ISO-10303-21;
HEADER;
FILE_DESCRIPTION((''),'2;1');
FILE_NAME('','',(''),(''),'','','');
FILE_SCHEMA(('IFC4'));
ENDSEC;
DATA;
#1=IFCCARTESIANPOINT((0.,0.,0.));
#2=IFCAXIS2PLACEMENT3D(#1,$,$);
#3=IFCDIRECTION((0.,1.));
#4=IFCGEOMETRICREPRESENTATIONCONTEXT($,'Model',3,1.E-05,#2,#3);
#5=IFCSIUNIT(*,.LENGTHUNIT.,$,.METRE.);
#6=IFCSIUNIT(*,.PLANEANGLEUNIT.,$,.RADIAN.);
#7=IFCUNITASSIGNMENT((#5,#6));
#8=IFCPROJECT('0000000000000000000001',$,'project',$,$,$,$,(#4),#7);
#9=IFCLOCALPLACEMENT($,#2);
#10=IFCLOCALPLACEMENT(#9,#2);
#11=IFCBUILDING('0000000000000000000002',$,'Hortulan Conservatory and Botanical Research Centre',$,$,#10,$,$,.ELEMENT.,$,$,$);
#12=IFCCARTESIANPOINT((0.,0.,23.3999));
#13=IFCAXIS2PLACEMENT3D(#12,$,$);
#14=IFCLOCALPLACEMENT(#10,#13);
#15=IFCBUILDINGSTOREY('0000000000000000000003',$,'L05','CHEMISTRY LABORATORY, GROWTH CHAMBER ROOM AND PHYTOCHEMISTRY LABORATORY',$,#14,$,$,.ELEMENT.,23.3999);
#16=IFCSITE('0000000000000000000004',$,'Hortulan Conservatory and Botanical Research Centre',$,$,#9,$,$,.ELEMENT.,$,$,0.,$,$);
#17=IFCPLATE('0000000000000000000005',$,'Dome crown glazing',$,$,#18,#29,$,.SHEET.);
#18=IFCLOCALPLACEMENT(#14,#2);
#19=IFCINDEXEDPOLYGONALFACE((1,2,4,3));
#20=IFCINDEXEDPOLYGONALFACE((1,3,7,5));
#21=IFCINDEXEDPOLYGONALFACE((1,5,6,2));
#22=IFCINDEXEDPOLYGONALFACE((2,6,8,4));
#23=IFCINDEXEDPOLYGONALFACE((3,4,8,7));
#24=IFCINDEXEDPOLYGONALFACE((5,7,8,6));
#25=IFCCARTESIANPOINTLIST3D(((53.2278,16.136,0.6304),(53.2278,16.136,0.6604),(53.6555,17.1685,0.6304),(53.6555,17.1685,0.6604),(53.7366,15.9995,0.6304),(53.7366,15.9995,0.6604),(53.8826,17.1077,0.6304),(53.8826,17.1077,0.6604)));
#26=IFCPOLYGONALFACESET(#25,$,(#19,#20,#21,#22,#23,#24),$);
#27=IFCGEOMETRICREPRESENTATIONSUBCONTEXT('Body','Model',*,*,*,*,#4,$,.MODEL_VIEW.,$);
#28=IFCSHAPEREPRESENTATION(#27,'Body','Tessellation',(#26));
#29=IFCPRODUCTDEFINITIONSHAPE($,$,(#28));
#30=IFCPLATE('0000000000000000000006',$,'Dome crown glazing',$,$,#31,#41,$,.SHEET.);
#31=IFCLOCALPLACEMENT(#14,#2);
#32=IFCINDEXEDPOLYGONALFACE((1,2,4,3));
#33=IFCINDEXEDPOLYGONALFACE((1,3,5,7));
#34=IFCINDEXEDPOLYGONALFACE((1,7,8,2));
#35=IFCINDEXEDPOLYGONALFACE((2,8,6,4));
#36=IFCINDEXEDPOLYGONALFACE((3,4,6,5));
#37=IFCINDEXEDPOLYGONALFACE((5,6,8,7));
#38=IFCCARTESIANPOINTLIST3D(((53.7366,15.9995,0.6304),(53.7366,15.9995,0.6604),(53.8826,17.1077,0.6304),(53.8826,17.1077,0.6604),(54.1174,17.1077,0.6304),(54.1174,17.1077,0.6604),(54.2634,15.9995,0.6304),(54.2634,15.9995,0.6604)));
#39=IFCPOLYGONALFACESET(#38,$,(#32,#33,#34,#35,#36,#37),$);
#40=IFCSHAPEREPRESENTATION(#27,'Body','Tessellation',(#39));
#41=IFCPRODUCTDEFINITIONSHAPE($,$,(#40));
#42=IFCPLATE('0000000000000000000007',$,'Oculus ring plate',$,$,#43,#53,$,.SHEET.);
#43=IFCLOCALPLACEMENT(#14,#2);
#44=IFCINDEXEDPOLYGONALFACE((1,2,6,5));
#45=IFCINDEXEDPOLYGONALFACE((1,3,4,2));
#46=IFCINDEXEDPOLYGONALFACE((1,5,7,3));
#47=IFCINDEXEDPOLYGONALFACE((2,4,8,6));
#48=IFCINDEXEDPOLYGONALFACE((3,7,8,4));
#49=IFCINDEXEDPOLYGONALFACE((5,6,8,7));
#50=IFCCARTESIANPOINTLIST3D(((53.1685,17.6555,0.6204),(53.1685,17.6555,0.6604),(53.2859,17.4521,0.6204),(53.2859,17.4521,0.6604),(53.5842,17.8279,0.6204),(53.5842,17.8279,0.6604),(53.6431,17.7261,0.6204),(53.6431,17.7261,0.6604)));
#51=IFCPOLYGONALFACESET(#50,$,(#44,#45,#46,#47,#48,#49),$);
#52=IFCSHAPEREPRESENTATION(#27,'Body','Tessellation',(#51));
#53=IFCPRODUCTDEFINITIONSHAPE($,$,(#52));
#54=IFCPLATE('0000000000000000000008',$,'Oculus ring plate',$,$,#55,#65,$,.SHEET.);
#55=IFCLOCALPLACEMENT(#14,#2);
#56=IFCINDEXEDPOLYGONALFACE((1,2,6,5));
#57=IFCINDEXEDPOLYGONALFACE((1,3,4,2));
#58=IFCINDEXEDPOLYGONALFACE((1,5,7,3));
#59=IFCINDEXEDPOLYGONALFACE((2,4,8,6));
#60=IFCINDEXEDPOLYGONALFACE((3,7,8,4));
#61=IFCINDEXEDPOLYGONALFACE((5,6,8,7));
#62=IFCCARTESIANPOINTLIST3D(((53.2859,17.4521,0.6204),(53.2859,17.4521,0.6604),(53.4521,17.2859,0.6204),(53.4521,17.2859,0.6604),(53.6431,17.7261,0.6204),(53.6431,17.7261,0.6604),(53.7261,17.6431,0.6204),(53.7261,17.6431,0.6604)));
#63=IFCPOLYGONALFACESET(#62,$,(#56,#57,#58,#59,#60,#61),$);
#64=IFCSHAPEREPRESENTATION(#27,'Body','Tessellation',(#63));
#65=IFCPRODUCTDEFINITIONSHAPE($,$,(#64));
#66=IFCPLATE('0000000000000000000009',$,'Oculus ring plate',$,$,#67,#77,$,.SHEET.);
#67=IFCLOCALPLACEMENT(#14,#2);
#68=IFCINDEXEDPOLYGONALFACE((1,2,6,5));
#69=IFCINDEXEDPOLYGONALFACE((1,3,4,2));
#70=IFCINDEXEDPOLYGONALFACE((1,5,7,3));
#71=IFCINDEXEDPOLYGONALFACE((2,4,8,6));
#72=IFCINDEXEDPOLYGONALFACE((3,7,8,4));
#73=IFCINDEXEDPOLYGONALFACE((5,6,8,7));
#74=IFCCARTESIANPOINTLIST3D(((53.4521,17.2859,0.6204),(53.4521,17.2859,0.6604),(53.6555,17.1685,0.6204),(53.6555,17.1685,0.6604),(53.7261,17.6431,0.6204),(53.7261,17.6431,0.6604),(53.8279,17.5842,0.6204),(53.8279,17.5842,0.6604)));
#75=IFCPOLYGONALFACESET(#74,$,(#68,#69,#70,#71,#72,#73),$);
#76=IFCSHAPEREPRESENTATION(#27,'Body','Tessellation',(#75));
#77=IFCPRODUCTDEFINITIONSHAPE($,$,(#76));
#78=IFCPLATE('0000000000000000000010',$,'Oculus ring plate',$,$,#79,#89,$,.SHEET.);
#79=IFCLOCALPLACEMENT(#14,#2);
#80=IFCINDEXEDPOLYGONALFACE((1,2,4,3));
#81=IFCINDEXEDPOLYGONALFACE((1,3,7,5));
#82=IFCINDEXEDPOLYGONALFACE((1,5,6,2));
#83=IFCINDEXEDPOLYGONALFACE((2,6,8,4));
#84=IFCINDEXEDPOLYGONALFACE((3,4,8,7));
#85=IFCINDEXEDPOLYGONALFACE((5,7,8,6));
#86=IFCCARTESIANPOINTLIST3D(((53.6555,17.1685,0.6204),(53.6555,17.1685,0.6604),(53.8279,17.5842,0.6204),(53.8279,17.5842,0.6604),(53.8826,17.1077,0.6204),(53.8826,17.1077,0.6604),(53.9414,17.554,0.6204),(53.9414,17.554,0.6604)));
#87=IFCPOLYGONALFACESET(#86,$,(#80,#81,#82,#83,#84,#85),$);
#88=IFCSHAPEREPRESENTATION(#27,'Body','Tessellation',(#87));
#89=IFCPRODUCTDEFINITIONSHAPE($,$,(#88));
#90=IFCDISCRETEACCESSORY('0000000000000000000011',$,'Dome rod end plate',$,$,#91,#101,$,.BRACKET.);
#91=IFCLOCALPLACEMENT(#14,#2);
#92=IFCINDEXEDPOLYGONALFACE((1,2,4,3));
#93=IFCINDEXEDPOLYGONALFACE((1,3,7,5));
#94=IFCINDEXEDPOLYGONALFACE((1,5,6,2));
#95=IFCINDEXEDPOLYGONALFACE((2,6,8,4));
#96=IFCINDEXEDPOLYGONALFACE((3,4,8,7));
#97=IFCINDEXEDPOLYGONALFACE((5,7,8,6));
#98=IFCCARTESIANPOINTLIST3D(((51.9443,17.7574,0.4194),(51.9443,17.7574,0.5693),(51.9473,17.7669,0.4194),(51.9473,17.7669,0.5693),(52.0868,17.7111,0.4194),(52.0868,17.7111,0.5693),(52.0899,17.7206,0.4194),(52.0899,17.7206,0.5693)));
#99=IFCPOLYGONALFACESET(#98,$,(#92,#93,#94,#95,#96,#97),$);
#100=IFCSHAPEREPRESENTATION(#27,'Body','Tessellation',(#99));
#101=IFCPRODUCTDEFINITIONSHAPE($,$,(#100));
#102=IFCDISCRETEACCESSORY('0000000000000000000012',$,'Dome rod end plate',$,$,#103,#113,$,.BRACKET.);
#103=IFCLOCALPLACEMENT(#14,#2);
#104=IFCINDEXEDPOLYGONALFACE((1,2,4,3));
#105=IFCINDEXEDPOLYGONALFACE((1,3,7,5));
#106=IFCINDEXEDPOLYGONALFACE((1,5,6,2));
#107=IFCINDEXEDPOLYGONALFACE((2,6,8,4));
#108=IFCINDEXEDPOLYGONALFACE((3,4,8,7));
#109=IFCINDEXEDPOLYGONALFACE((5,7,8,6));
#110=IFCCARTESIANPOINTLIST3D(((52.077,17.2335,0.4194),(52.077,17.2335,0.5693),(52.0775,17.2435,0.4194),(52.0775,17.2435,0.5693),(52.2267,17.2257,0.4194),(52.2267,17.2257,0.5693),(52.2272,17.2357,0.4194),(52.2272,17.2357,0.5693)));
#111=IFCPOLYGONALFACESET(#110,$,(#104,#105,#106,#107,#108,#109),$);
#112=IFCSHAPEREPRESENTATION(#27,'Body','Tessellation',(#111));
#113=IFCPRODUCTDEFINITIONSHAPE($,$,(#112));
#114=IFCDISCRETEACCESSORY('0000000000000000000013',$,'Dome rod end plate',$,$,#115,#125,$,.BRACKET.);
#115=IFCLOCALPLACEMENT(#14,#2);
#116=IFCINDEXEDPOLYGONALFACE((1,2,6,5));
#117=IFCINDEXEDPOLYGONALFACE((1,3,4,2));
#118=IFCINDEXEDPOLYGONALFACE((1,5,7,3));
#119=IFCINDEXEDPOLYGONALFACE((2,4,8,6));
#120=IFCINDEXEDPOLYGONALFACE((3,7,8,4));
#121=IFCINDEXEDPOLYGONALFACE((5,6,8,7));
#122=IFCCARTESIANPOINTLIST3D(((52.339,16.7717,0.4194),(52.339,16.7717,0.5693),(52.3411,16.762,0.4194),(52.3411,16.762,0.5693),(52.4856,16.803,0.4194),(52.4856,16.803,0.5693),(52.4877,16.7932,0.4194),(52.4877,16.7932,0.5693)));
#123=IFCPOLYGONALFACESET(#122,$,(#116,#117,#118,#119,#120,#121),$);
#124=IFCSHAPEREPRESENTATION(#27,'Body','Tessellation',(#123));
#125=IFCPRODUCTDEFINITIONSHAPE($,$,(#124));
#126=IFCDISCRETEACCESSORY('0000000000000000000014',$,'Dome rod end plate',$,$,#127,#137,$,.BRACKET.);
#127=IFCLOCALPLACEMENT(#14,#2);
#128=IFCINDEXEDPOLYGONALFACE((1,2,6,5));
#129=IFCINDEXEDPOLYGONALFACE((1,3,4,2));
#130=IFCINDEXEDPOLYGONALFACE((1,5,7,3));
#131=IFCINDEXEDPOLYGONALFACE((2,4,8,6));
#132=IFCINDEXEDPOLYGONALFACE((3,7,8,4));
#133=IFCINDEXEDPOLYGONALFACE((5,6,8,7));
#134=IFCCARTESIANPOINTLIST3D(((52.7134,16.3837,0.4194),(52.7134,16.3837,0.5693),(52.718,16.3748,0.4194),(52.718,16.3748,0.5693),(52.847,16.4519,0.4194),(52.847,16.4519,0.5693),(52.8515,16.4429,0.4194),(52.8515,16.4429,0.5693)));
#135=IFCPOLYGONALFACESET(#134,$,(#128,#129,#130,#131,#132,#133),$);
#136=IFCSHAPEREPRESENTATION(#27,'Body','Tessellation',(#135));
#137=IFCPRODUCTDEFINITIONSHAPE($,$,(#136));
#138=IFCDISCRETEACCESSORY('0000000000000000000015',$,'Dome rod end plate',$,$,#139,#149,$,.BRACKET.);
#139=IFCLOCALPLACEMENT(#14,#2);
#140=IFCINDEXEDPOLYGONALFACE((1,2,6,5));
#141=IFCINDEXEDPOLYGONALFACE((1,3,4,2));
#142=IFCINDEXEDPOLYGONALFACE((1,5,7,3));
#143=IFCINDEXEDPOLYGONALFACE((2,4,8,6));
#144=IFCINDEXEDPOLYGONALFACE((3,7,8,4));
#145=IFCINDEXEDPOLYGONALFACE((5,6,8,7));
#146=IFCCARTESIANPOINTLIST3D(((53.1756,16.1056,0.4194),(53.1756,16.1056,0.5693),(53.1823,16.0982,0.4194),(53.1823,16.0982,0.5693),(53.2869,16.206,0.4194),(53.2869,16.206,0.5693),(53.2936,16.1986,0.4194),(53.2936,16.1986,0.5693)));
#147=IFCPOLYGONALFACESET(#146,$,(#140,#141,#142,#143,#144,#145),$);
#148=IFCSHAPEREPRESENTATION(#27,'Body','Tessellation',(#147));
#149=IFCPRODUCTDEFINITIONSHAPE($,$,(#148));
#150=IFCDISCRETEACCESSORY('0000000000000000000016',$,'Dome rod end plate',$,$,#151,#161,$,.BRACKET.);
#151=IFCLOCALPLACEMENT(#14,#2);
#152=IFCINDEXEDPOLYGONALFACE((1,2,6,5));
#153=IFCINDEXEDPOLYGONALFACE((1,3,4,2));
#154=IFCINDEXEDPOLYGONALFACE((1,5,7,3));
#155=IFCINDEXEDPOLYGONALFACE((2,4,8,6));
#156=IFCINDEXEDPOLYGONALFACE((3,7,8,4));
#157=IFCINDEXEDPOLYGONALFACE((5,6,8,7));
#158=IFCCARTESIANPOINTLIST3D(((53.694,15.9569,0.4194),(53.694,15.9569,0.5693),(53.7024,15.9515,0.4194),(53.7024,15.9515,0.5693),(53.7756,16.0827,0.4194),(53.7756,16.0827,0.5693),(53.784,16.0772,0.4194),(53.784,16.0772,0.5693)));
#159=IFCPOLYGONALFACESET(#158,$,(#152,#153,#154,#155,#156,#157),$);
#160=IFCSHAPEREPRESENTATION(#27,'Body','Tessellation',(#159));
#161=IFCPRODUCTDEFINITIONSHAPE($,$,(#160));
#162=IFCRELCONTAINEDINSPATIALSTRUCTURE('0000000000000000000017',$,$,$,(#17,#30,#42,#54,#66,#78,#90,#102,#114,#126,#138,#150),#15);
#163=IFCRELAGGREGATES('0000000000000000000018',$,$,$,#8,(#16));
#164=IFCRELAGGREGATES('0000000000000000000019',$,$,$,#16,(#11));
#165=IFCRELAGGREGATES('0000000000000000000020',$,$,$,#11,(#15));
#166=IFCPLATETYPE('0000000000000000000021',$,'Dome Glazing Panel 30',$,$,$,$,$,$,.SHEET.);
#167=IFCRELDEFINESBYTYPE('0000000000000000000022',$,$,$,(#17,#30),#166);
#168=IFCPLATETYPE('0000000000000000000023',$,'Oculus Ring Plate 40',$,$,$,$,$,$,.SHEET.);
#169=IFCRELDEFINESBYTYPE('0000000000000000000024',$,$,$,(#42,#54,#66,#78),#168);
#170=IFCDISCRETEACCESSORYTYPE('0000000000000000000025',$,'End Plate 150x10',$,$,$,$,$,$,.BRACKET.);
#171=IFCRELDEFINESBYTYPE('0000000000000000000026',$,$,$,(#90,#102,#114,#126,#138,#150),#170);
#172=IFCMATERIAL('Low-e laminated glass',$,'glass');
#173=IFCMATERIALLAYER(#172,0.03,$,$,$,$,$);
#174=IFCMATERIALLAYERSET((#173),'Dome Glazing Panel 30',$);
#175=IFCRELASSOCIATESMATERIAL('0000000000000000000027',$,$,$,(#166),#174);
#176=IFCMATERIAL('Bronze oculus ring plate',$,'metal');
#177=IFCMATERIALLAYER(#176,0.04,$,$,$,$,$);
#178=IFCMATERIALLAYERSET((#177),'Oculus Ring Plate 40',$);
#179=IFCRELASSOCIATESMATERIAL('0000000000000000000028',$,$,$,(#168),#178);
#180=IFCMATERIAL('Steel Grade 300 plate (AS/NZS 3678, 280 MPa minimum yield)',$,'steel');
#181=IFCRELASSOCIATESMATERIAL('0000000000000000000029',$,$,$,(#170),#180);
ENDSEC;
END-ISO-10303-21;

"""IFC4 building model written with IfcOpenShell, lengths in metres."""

from ifc_helpers import new_model, si_unit, direction, frame, origin, origin_2d, place, context, subcontext, project, spatial, polyline, rectangle, outline, extrude, material, layer, layer_set, type_object, element, save


model = new_model("IFC4")

# Units and contexts
model_context = context("Model", 3, precision=1e-05, world=origin(), true_north=direction((0.0, 1.0)))
body_context = subcontext(model_context, "Body", "Model", "MODEL_VIEW")
ifc_project = project(units=[si_unit("LENGTHUNIT", "METRE"), si_unit("PLANEANGLEUNIT", "RADIAN")], contexts=[model_context])

# Site, building, storey
site_placement = place(None, origin())
site = spatial("IfcSite", under=ifc_project, at=site_placement, Name="Hortulan Conservatory and Botanical Research Centre", CompositionType="ELEMENT", RefElevation=0.0)
building_placement = place(site_placement, origin())
building = spatial("IfcBuilding", under=site, at=building_placement, Name="Hortulan Conservatory and Botanical Research Centre", CompositionType="ELEMENT")
storey_placement = place(building_placement, frame((0.0, 0.0, 23.3999)))
storey = spatial("IfcBuildingStorey", under=building, at=storey_placement, Name="L05", Description="CHEMISTRY LABORATORY, GROWTH CHAMBER ROOM AND PHYTOCHEMISTRY LABORATORY", CompositionType="ELEMENT", Elevation=23.3999)

# Plates
ifc_material_1 = material(Name="Low-e laminated glass", Category="glass")
ifc_layer_1 = layer(ifc_material_1, 0.03)
ifc_layer_set_1 = layer_set([ifc_layer_1], Name="Dome Glazing Panel 30")
plate_type_1 = type_object("IfcPlateType", Name="Dome Glazing Panel 30", PredefinedType="SHEET", material=ifc_layer_set_1)
plate_1_placement = place(storey_placement, frame((53.2278, 16.136, 0.6604), z_axis=(0.0, 0.0, 1.0), x_axis=(0.965857, -0.259076, 0.0)))
element("IfcPlate", 1, at=plate_1_placement, inside=storey, type_object=plate_type_1, Name="Dome crown glazing", PredefinedType="SHEET", context=body_context, shape_type="SweptSolid", body=[
    extrude(outline(polyline([(0.0, 0.0), (0.5268, 0.0), (0.3807, 1.1081), (0.1456, 1.108), (0.0, 0.0)])), origin(), (0.0, 0.0, -1.0), 0.03),
])
plate_2_placement = place(storey_placement, frame((53.7366, 15.9995, 0.6604), z_axis=(0.0, 0.0, 1.0), x_axis=(1.0, 0.0, 0.0)))
element("IfcPlate", 2, at=plate_2_placement, inside=storey, type_object=plate_type_1, Name="Dome crown glazing", PredefinedType="SHEET", context=body_context, shape_type="SweptSolid", body=[
    extrude(outline(polyline([(0.0, 0.0), (0.5269, 0.0), (0.3809, 1.1082), (0.146, 1.1082), (0.0, 0.0)])), origin(), (0.0, 0.0, -1.0), 0.03),
])
ifc_material_2 = material(Name="Bronze oculus ring plate", Category="metal")
ifc_layer_2 = layer(ifc_material_2, 0.04)
ifc_layer_set_2 = layer_set([ifc_layer_2], Name="Oculus Ring Plate 40")
plate_type_2 = type_object("IfcPlateType", Name="Oculus Ring Plate 40", PredefinedType="SHEET", material=ifc_layer_set_2)
plate_3_placement = place(storey_placement, frame((53.1685, 17.6555, 0.6604), z_axis=(0.0, 0.0, 1.0), x_axis=(0.500052, -0.865995, 0.0)))
element("IfcPlate", 3, at=plate_3_placement, inside=storey, type_object=plate_type_2, Name="Oculus ring plate", PredefinedType="SHEET", context=body_context, shape_type="SweptSolid", body=[
    extrude(outline(polyline([(0.0, 0.0), (0.2348, 0.0), (0.1762, 0.4463), (0.0586, 0.4462), (0.0, 0.0)])), origin(), (0.0, 0.0, -1.0), 0.04),
])
plate_4_placement = place(storey_placement, frame((53.2859, 17.4521, 0.6604), z_axis=(0.0, 0.0, 1.0), x_axis=(0.707107, -0.707107, 0.0)))
element("IfcPlate", 4, at=plate_4_placement, inside=storey, type_object=plate_type_2, Name="Oculus ring plate", PredefinedType="SHEET", context=body_context, shape_type="SweptSolid", body=[
    extrude(outline(polyline([(0.0, 0.0), (0.2351, 0.0), (0.1763, 0.4463), (0.0589, 0.4463), (0.0, 0.0)])), origin(), (0.0, 0.0, -1.0), 0.04),
])
plate_5_placement = place(storey_placement, frame((53.4521, 17.2859, 0.6604), z_axis=(0.0, 0.0, 1.0), x_axis=(0.865995, -0.500052, 0.0)))
element("IfcPlate", 5, at=plate_5_placement, inside=storey, type_object=plate_type_2, Name="Oculus ring plate", PredefinedType="SHEET", context=body_context, shape_type="SweptSolid", body=[
    extrude(outline(polyline([(0.0, 0.0), (0.2348, 0.0), (0.1762, 0.4462), (0.0586, 0.4463), (0.0, 0.0)])), origin(), (0.0, 0.0, -1.0), 0.04),
])
plate_6_placement = place(storey_placement, frame((53.6555, 17.1685, 0.6604), z_axis=(0.0, 0.0, 1.0), x_axis=(0.965976, -0.258632, 0.0)))
element("IfcPlate", 6, at=plate_6_placement, inside=storey, type_object=plate_type_2, Name="Oculus ring plate", PredefinedType="SHEET", context=body_context, shape_type="SweptSolid", body=[
    extrude(outline(polyline([(0.0, 0.0), (0.235, 0.0), (0.1765, 0.4463), (0.059, 0.4462), (0.0, 0.0)])), origin(), (0.0, 0.0, -1.0), 0.04),
])

# Discrete accessories
ifc_material_3 = material(Name="Steel Grade 300 plate (AS/NZS 3678, 280 MPa minimum yield)", Category="steel")
discrete_accessory_type = type_object("IfcDiscreteAccessoryType", Name="End Plate 150x10", PredefinedType="BRACKET", material=ifc_material_3)
for number, where, z_axis, x_axis, name in (
    (7, (52.0171, 17.739, 0.4194), (0.0, 0.0, 1.0), (0.951213, -0.308536, 0.0), "Dome rod end plate"),
    (8, (52.1521, 17.2346, 0.4194), (0.0, 0.0, 1.0), (0.998657, -0.051813, 0.0), "Dome rod end plate"),
    (9, (52.4133, 16.7825, 0.4194), (0.0, 0.0, 1.0), (0.978039, 0.208424, 0.0), "Dome rod end plate"),
    (10, (52.7825, 16.4133, 0.4194), (0.0, 0.0, 1.0), (0.890761, 0.454473, 0.0), "Dome rod end plate"),
    (11, (53.2346, 16.1521, 0.4194), (0.0, 0.0, 1.0), (0.742806, 0.669507, 0.0), "Dome rod end plate"),
    (12, (53.739, 16.0171, 0.4194), (0.0, 0.0, 1.0), (0.544185, 0.838965, 0.0), "Dome rod end plate"),
):
    element("IfcDiscreteAccessory", number, at=place(storey_placement, frame(where, z_axis=z_axis, x_axis=x_axis)), inside=storey, type_object=discrete_accessory_type, Name=name, PredefinedType="BRACKET", context=body_context, shape_type="SweptSolid", body=[
        extrude(rectangle(XDim=0.1499, YDim=0.01, at=origin_2d()), origin(), (0.0, 0.0, 1.0), 0.1499),
    ])

save(model, "model.ifc")
